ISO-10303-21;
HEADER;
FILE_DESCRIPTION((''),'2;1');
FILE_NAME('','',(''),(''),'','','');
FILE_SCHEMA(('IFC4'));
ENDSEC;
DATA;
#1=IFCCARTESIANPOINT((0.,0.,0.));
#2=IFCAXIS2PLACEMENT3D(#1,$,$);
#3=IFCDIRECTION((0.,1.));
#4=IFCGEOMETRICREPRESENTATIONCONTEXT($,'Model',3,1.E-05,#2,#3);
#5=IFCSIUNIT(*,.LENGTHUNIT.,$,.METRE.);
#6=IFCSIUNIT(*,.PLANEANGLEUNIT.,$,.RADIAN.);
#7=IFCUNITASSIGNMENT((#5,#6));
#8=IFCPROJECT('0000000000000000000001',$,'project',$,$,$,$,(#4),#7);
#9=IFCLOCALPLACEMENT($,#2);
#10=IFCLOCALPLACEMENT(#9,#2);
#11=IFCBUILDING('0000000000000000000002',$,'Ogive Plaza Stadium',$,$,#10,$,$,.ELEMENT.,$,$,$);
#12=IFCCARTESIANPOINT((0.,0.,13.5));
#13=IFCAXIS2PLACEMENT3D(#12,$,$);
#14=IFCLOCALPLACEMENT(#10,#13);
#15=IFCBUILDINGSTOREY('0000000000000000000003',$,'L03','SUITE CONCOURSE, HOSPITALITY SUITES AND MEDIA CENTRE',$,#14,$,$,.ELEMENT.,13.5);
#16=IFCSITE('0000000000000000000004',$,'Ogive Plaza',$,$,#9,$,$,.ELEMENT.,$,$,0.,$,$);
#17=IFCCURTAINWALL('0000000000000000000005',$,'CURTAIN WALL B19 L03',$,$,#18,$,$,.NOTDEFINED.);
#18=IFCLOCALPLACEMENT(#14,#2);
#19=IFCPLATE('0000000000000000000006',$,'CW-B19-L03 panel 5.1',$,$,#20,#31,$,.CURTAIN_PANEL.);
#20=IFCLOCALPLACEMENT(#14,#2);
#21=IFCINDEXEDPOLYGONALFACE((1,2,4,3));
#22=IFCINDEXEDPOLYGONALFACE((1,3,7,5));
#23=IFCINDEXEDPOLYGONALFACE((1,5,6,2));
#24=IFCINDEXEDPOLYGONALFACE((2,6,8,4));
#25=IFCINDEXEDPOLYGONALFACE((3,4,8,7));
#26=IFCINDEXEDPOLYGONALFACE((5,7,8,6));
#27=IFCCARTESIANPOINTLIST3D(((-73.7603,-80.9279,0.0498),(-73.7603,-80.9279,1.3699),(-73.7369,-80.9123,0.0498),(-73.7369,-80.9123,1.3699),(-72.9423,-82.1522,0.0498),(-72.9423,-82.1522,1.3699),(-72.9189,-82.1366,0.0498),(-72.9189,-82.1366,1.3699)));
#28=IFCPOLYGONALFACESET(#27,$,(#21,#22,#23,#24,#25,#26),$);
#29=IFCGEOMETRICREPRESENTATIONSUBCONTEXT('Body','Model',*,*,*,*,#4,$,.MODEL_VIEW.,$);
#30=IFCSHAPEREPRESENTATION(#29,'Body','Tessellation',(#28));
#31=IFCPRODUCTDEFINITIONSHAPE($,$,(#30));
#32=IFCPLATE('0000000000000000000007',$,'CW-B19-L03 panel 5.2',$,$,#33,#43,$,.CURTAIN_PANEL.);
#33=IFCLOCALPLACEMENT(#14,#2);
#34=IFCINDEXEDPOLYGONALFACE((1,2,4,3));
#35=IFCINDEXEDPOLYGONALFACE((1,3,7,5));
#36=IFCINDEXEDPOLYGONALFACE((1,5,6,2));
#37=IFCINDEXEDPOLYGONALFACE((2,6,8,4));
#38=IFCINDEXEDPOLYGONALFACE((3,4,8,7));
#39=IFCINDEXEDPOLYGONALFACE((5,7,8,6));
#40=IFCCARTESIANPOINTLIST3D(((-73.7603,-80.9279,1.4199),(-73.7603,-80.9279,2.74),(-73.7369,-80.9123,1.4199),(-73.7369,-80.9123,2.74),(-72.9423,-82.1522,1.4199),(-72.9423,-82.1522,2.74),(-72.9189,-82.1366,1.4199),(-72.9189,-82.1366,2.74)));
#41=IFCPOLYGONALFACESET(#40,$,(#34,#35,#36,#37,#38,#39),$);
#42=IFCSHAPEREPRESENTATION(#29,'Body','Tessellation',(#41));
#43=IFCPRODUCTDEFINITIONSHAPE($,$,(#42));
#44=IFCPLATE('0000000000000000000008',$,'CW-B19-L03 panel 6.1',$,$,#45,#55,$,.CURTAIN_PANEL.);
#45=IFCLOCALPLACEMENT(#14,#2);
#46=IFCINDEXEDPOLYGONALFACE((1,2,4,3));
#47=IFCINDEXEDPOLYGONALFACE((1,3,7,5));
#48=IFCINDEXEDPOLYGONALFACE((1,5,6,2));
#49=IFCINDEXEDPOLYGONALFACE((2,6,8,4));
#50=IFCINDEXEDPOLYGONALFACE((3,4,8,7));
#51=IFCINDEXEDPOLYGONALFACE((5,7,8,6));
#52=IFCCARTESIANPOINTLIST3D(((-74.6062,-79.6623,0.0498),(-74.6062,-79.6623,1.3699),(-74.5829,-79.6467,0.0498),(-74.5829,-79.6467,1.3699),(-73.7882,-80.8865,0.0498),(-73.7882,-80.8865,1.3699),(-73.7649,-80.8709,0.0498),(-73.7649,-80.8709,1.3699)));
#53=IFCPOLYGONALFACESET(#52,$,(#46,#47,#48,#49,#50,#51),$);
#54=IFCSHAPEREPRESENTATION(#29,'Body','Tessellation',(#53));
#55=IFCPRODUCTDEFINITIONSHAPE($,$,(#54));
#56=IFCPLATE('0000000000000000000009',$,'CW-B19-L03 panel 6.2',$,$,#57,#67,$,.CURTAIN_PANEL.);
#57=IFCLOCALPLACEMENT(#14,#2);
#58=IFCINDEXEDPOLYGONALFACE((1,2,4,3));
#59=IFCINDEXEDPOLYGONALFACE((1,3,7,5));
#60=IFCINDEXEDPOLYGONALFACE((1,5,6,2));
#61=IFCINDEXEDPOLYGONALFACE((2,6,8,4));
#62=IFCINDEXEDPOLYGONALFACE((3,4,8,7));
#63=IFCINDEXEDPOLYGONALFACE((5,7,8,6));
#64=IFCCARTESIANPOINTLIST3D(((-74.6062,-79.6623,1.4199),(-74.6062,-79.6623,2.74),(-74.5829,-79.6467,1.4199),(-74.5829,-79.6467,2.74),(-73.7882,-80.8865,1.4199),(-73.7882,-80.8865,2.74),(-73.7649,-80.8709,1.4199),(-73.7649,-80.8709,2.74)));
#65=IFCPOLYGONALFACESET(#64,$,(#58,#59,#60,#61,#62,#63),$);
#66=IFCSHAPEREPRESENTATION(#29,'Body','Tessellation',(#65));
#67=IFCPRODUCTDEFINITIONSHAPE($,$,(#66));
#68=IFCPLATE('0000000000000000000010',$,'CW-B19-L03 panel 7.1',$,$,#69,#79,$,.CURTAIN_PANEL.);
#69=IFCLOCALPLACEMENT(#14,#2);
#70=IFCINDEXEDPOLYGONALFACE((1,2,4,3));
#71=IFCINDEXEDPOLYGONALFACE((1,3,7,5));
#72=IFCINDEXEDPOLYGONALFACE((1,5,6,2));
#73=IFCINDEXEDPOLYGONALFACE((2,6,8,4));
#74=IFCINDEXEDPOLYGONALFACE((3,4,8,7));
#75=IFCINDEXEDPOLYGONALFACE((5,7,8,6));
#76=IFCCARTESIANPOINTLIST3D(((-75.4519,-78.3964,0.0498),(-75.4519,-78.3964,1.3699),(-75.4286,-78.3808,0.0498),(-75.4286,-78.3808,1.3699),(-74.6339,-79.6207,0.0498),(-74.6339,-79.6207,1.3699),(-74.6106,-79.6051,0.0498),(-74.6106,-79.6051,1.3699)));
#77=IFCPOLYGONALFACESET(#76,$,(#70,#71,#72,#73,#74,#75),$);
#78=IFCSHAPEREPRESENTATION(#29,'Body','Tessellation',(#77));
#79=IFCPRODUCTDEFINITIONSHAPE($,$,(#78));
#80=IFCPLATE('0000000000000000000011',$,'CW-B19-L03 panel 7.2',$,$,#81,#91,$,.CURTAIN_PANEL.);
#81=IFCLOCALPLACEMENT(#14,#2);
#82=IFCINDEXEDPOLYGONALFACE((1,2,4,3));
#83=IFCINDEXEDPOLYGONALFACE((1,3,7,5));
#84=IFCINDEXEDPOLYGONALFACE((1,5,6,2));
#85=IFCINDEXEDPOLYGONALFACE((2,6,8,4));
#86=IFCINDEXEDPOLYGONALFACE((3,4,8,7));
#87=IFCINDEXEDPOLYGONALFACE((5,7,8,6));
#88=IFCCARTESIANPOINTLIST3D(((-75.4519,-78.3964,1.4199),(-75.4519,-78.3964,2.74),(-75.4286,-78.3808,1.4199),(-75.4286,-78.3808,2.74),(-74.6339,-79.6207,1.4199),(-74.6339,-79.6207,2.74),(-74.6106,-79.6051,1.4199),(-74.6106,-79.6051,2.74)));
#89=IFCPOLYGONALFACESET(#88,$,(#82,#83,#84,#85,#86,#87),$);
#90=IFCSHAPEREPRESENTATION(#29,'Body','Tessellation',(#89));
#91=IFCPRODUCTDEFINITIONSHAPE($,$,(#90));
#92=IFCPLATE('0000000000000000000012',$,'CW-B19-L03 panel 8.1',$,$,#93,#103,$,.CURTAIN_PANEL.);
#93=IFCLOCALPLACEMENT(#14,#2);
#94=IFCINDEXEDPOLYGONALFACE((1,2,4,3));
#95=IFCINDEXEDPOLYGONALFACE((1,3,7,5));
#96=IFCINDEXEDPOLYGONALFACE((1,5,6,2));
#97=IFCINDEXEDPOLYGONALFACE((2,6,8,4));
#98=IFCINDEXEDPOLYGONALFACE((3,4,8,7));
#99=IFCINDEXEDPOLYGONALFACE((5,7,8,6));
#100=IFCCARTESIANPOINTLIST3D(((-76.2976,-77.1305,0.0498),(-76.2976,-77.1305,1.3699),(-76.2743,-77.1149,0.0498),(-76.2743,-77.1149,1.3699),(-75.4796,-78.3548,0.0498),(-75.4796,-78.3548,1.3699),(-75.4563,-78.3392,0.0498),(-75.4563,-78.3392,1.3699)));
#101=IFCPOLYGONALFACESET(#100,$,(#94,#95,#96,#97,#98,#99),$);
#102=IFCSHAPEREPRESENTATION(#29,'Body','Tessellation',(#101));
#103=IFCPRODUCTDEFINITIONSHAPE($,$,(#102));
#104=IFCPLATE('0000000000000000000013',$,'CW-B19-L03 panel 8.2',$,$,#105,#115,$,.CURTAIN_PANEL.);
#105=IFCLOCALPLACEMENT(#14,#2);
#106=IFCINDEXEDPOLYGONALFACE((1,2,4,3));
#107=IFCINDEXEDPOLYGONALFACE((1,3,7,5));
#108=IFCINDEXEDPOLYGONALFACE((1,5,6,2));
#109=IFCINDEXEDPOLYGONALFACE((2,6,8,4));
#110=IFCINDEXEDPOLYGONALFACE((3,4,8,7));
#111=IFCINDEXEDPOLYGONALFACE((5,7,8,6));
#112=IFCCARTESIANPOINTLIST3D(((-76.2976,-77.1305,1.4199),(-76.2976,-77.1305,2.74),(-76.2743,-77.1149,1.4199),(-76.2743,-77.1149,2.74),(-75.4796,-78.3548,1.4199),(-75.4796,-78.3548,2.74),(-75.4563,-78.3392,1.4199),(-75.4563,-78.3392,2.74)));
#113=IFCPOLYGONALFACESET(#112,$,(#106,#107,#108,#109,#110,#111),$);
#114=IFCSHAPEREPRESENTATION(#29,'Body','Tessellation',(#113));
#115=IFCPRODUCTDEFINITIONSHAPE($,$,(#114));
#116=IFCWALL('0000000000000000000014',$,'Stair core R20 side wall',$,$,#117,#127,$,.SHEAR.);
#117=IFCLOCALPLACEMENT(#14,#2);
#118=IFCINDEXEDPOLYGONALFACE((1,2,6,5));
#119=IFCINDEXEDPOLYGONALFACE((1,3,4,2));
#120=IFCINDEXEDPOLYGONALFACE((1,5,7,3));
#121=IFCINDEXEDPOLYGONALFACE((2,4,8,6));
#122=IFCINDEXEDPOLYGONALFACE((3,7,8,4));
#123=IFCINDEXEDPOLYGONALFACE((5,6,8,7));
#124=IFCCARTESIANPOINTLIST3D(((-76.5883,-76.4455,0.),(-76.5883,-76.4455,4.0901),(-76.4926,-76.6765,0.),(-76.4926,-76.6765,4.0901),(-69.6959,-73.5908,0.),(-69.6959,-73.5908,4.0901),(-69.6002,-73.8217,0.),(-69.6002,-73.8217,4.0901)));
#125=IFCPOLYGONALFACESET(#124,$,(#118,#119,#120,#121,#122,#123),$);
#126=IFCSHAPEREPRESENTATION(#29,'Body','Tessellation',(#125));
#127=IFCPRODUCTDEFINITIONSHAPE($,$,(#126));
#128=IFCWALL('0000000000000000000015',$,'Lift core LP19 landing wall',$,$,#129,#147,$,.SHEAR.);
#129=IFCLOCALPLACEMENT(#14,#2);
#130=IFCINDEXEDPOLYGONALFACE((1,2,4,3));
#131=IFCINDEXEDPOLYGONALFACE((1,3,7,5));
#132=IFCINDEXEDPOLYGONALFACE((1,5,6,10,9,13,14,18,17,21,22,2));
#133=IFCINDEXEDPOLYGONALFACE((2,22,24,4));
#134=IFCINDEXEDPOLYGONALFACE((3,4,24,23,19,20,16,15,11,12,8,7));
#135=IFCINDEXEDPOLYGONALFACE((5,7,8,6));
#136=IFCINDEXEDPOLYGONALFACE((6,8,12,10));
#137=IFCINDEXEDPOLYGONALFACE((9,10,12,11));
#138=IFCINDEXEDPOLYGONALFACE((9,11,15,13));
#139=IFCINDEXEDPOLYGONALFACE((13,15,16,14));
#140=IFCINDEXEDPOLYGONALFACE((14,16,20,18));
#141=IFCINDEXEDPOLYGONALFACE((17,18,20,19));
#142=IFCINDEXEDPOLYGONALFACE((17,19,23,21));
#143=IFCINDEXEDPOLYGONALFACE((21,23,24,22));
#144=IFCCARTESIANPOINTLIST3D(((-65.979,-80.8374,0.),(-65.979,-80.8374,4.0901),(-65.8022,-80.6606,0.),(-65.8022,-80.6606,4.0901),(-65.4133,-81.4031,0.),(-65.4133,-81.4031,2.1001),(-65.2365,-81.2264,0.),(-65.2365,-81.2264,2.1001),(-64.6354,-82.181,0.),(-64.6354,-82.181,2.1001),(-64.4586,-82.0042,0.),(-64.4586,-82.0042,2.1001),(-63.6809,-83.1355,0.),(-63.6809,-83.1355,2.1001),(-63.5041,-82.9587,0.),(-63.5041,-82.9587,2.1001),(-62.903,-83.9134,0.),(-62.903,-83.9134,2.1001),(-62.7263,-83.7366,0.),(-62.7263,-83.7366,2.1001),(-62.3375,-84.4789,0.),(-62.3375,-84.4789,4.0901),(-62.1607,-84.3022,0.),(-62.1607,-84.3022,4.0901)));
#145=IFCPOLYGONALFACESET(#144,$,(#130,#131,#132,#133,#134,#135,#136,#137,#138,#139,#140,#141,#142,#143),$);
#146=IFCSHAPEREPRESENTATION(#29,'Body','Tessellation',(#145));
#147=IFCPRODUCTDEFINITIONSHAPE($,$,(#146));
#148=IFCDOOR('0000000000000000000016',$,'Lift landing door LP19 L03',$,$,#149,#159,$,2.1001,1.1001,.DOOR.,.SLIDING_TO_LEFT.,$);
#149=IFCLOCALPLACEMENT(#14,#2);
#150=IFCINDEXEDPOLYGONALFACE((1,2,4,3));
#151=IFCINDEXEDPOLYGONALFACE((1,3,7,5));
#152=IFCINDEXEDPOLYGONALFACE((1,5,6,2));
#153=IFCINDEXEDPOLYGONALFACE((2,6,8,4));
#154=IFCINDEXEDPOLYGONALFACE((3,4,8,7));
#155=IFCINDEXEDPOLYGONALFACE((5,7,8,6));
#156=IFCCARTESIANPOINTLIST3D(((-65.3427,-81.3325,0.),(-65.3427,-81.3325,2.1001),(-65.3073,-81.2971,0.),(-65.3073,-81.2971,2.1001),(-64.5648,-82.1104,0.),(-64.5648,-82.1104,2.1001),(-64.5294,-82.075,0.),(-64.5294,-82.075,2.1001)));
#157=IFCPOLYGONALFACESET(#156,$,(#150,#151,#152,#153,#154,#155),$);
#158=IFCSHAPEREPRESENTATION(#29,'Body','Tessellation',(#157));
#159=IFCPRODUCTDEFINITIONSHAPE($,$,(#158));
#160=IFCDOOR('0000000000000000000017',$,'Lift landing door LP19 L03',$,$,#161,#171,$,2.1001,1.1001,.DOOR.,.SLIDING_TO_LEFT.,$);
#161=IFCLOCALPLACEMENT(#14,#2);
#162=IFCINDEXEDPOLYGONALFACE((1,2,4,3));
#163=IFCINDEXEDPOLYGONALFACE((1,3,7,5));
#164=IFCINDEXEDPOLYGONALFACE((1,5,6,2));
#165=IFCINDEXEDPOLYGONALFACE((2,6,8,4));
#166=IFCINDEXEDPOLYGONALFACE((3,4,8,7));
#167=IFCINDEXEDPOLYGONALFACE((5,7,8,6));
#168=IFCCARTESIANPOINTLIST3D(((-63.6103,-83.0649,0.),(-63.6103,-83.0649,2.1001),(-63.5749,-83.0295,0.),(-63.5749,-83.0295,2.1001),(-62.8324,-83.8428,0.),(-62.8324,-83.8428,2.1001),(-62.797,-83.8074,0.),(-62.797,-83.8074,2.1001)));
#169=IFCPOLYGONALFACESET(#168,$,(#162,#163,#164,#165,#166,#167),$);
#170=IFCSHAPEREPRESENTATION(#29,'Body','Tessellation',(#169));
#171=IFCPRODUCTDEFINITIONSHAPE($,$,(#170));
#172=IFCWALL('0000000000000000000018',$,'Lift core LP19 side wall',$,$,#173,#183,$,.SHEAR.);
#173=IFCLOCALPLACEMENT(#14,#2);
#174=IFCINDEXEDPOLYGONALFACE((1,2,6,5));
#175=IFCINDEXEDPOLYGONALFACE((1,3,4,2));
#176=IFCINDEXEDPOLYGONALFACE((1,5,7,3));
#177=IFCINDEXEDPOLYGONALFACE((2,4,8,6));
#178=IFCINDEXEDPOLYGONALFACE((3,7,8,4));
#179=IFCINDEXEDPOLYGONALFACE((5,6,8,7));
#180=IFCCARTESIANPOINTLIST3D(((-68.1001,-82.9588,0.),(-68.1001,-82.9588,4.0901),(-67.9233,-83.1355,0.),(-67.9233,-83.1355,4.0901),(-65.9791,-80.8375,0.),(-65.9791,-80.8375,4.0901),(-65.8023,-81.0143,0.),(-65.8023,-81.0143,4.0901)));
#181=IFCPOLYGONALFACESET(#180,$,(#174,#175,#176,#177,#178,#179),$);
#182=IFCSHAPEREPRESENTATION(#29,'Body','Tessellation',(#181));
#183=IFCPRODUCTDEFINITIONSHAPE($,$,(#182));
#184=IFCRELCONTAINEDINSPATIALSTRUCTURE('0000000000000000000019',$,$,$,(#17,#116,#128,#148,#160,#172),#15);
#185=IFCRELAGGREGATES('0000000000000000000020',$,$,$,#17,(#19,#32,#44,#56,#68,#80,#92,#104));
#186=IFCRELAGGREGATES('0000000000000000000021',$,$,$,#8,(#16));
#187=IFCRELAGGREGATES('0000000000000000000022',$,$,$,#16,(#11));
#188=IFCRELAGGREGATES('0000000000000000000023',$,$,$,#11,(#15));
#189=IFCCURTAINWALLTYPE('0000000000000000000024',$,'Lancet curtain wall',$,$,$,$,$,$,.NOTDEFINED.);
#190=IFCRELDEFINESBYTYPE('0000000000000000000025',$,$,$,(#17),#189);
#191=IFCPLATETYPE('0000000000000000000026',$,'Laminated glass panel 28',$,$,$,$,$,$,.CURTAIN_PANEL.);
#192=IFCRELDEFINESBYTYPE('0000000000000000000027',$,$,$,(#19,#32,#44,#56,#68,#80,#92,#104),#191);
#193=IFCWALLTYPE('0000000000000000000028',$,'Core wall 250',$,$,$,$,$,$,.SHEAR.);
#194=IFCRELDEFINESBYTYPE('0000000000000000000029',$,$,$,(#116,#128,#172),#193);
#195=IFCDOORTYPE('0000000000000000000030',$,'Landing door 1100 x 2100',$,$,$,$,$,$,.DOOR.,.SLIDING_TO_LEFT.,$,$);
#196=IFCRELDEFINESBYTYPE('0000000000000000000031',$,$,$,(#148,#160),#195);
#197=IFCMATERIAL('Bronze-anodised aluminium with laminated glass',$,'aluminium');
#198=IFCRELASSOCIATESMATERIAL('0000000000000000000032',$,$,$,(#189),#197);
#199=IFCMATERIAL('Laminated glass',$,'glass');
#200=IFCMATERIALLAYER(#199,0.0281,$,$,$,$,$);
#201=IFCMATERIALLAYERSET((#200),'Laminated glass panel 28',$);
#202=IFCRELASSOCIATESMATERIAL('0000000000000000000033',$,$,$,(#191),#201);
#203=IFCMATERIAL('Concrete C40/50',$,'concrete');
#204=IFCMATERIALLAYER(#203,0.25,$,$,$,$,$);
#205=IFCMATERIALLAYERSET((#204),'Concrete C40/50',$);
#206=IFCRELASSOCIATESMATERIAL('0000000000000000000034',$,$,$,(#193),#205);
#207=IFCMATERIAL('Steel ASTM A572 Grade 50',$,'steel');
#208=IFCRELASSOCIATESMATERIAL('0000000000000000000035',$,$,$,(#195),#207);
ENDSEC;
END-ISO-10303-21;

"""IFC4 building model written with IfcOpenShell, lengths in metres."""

from ifc_helpers import new_model, si_unit, direction, frame, frame_2d, origin, origin_2d, place, context, subcontext, project, spatial, rectangle, extrude, material, layer, layer_set, type_object, element, fill, aggregate, save


model = new_model("IFC4")

# Units and contexts
model_context = context("Model", 3, precision=1e-05, world=origin(), true_north=direction((0.0, 1.0)))
body_context = subcontext(model_context, "Body", "Model", "MODEL_VIEW")
ifc_project = project(units=[si_unit("LENGTHUNIT", "METRE"), si_unit("PLANEANGLEUNIT", "RADIAN")], contexts=[model_context])

# Site, building, storey
site_placement = place(None, origin())
site = spatial("IfcSite", under=ifc_project, at=site_placement, Name="Ogive Plaza", CompositionType="ELEMENT", RefElevation=0.0)
building_placement = place(site_placement, origin())
building = spatial("IfcBuilding", under=site, at=building_placement, Name="Ogive Plaza Stadium", CompositionType="ELEMENT")
storey_placement = place(building_placement, frame((0.0, 0.0, 13.5)))
storey = spatial("IfcBuildingStorey", under=building, at=storey_placement, Name="L03", Description="SUITE CONCOURSE, HOSPITALITY SUITES AND MEDIA CENTRE", CompositionType="ELEMENT", Elevation=13.5)

# Curtain wall
ifc_material_1 = material(Name="Bronze-anodised aluminium with laminated glass", Category="aluminium")
curtain_wall_type = type_object("IfcCurtainWallType", Name="Lancet curtain wall", PredefinedType="NOTDEFINED", material=ifc_material_1)
curtain_wall_placement = place(storey_placement, origin())
curtain_wall = element("IfcCurtainWall", 1, at=curtain_wall_placement, inside=storey, type_object=curtain_wall_type, Name="CURTAIN WALL B19 L03", PredefinedType="NOTDEFINED")

# Plates
ifc_material_2 = material(Name="Laminated glass", Category="glass")
ifc_layer_1 = layer(ifc_material_2, 0.0281)
ifc_layer_set_1 = layer_set([ifc_layer_1], Name="Laminated glass panel 28")
plate_type = type_object("IfcPlateType", Name="Laminated glass panel 28", PredefinedType="CURTAIN_PANEL", material=ifc_layer_set_1)
plate_1_placement = place(storey_placement, frame((-73.3396, -81.5322, 0.0498), z_axis=(0.0, 0.0, 1.0), x_axis=(-0.55557, 0.83147, 0.0)))
plate_1 = element("IfcPlate", 2, at=plate_1_placement, type_object=plate_type, Name="CW-B19-L03 panel 5.1", PredefinedType="CURTAIN_PANEL", context=body_context, shape_type="SweptSolid", body=[
    extrude(rectangle(XDim=1.4724, YDim=0.0281, at=origin_2d()), origin(), (0.0, 0.0, 1.0), 1.3201),
])
plate_2_placement = place(storey_placement, frame((-73.3396, -81.5322, 1.4199), z_axis=(0.0, 0.0, 1.0), x_axis=(-0.55557, 0.83147, 0.0)))
plate_2 = element("IfcPlate", 3, at=plate_2_placement, type_object=plate_type, Name="CW-B19-L03 panel 5.2", PredefinedType="CURTAIN_PANEL", context=body_context, shape_type="SweptSolid", body=[
    extrude(rectangle(XDim=1.4724, YDim=0.0281, at=origin_2d()), origin(), (0.0, 0.0, 1.0), 1.3201),
])
plate_3_placement = place(storey_placement, frame((-74.1855, -80.2666, 0.0498), z_axis=(0.0, 0.0, 1.0), x_axis=(-0.55557, 0.83147, 0.0)))
plate_3 = element("IfcPlate", 4, at=plate_3_placement, type_object=plate_type, Name="CW-B19-L03 panel 6.1", PredefinedType="CURTAIN_PANEL", context=body_context, shape_type="SweptSolid", body=[
    extrude(rectangle(XDim=1.4724, YDim=0.0281, at=origin_2d()), origin(), (0.0, 0.0, 1.0), 1.3201),
])
plate_4_placement = place(storey_placement, frame((-74.1855, -80.2666, 1.4199), z_axis=(0.0, 0.0, 1.0), x_axis=(-0.55557, 0.83147, 0.0)))
plate_4 = element("IfcPlate", 5, at=plate_4_placement, type_object=plate_type, Name="CW-B19-L03 panel 6.2", PredefinedType="CURTAIN_PANEL", context=body_context, shape_type="SweptSolid", body=[
    extrude(rectangle(XDim=1.4724, YDim=0.0281, at=origin_2d()), origin(), (0.0, 0.0, 1.0), 1.3201),
])
plate_5_placement = place(storey_placement, frame((-75.0312, -79.0007, 0.0498), z_axis=(0.0, 0.0, 1.0), x_axis=(-0.55557, 0.83147, 0.0)))
plate_5 = element("IfcPlate", 6, at=plate_5_placement, type_object=plate_type, Name="CW-B19-L03 panel 7.1", PredefinedType="CURTAIN_PANEL", context=body_context, shape_type="SweptSolid", body=[
    extrude(rectangle(XDim=1.4724, YDim=0.0281, at=origin_2d()), origin(), (0.0, 0.0, 1.0), 1.3201),
])
plate_6_placement = place(storey_placement, frame((-75.0312, -79.0007, 1.4199), z_axis=(0.0, 0.0, 1.0), x_axis=(-0.55557, 0.83147, 0.0)))
plate_6 = element("IfcPlate", 7, at=plate_6_placement, type_object=plate_type, Name="CW-B19-L03 panel 7.2", PredefinedType="CURTAIN_PANEL", context=body_context, shape_type="SweptSolid", body=[
    extrude(rectangle(XDim=1.4724, YDim=0.0281, at=origin_2d()), origin(), (0.0, 0.0, 1.0), 1.3201),
])
plate_7_placement = place(storey_placement, frame((-75.877, -77.7349, 0.0498), z_axis=(0.0, 0.0, 1.0), x_axis=(-0.55557, 0.83147, 0.0)))
plate_7 = element("IfcPlate", 8, at=plate_7_placement, type_object=plate_type, Name="CW-B19-L03 panel 8.1", PredefinedType="CURTAIN_PANEL", context=body_context, shape_type="SweptSolid", body=[
    extrude(rectangle(XDim=1.4724, YDim=0.0281, at=origin_2d()), origin(), (0.0, 0.0, 1.0), 1.3201),
])
plate_8_placement = place(storey_placement, frame((-75.877, -77.7349, 1.4199), z_axis=(0.0, 0.0, 1.0), x_axis=(-0.55557, 0.83147, 0.0)))
plate_8 = element("IfcPlate", 9, at=plate_8_placement, type_object=plate_type, Name="CW-B19-L03 panel 8.2", PredefinedType="CURTAIN_PANEL", context=body_context, shape_type="SweptSolid", body=[
    extrude(rectangle(XDim=1.4724, YDim=0.0281, at=origin_2d()), origin(), (0.0, 0.0, 1.0), 1.3201),
])
aggregate(curtain_wall, [plate_1, plate_2, plate_3, plate_4, plate_5, plate_6, plate_7, plate_8])

# Wall
ifc_material_3 = material(Name="Concrete C40/50", Category="concrete")
ifc_layer_2 = layer(ifc_material_3, 0.25)
ifc_layer_set_2 = layer_set([ifc_layer_2], Name="Concrete C40/50")
wall_type = type_object("IfcWallType", Name="Core wall 250", PredefinedType="SHEAR", material=ifc_layer_set_2)
wall_1_placement = place(storey_placement, frame((-69.6482, -73.7063, 0.0), z_axis=(0.0, 0.0, 1.0), x_axis=(-0.923887, -0.382665, 0.0)))
element("IfcWall", 10, at=wall_1_placement, inside=storey, type_object=wall_type, Name="Stair core R20 side wall", PredefinedType="SHEAR", context=body_context, shape_type="SweptSolid", body=[
    extrude(rectangle(XDim=7.4602, YDim=0.25, at=frame_2d((3.73, 0.0))), origin(), (0.0, 0.0, 1.0), 4.0901),
])

# Wall, openings, doors
wall_2_placement = place(storey_placement, frame((-65.8906, -80.749, 0.0), z_axis=(0.0, 0.0, 1.0), x_axis=(0.707107, -0.707107, 0.0)))
wall_2 = element("IfcWall", 11, at=wall_2_placement, inside=storey, type_object=wall_type, Name="Lift core LP19 landing wall", PredefinedType="SHEAR", context=body_context, shape_type="SweptSolid", body=[
    extrude(rectangle(XDim=5.1499, YDim=0.25, at=frame_2d((2.575, 0.0))), origin(), (0.0, 0.0, 1.0), 4.0901),
])
opening_1_placement = place(wall_2_placement, frame((0.8, 0.0, 0.0)))
opening_1 = element("IfcOpeningElement", 12, at=opening_1_placement, cuts=wall_2, PredefinedType="OPENING", context=body_context, shape_type="SweptSolid", body=[
    extrude(rectangle(XDim=1.1001, YDim=2.1001, at=frame_2d((0.55, 1.05))), frame((0.0, 0.125, 0.0), z_axis=(0.0, -1.0, 0.0), x_axis=(1.0, 0.0, 0.0)), (0.0, 0.0, 1.0), 0.25),
])
opening_2_placement = place(wall_2_placement, frame((3.25, 0.0, 0.0)))
opening_2 = element("IfcOpeningElement", 13, at=opening_2_placement, cuts=wall_2, PredefinedType="OPENING", context=body_context, shape_type="SweptSolid", body=[
    extrude(rectangle(XDim=1.1001, YDim=2.1001, at=frame_2d((0.55, 1.05))), frame((0.0, 0.125, 0.0), z_axis=(0.0, -1.0, 0.0), x_axis=(1.0, 0.0, 0.0)), (0.0, 0.0, 1.0), 0.25),
])
ifc_material_4 = material(Name="Steel ASTM A572 Grade 50", Category="steel")
door_type = type_object("IfcDoorType", Name="Landing door 1100 x 2100", OperationType="SLIDING_TO_LEFT", PredefinedType="DOOR", material=ifc_material_4)
door_1_placement = place(opening_1_placement, origin())
door_1 = element("IfcDoor", 14, at=door_1_placement, inside=storey, type_object=door_type, Name="Lift landing door LP19 L03", OperationType="SLIDING_TO_LEFT", OverallHeight=2.1001, OverallWidth=1.1001, PredefinedType="DOOR", context=body_context, shape_type="SweptSolid", body=[
    extrude(rectangle(XDim=1.1001, YDim=2.1001, at=frame_2d((0.55, 1.05))), frame((0.0, 0.0249, 0.0), z_axis=(0.0, -1.0, 0.0), x_axis=(1.0, 0.0, 0.0)), (0.0, 0.0, 1.0), 0.05),
])
fill(opening_1, door_1)
door_2_placement = place(opening_2_placement, origin())
door_2 = element("IfcDoor", 15, at=door_2_placement, inside=storey, type_object=door_type, Name="Lift landing door LP19 L03", OperationType="SLIDING_TO_LEFT", OverallHeight=2.1001, OverallWidth=1.1001, PredefinedType="DOOR", context=body_context, shape_type="SweptSolid", body=[
    extrude(rectangle(XDim=1.1001, YDim=2.1001, at=frame_2d((0.55, 1.05))), frame((0.0, 0.0249, 0.0), z_axis=(0.0, -1.0, 0.0), x_axis=(1.0, 0.0, 0.0)), (0.0, 0.0, 1.0), 0.05),
])
fill(opening_2, door_2)

# Wall
wall_3_placement = place(storey_placement, frame((-65.8906, -80.9258, 0.0), z_axis=(0.0, 0.0, 1.0), x_axis=(-0.707066, -0.707147, 0.0)))
element("IfcWall", 16, at=wall_3_placement, inside=storey, type_object=wall_type, Name="Lift core LP19 side wall", PredefinedType="SHEAR", context=body_context, shape_type="SweptSolid", body=[
    extrude(rectangle(XDim=2.9998, YDim=0.25, at=frame_2d((1.5, 0.0))), origin(), (0.0, 0.0, 1.0), 4.0901),
])

save(model, "model.ifc")
